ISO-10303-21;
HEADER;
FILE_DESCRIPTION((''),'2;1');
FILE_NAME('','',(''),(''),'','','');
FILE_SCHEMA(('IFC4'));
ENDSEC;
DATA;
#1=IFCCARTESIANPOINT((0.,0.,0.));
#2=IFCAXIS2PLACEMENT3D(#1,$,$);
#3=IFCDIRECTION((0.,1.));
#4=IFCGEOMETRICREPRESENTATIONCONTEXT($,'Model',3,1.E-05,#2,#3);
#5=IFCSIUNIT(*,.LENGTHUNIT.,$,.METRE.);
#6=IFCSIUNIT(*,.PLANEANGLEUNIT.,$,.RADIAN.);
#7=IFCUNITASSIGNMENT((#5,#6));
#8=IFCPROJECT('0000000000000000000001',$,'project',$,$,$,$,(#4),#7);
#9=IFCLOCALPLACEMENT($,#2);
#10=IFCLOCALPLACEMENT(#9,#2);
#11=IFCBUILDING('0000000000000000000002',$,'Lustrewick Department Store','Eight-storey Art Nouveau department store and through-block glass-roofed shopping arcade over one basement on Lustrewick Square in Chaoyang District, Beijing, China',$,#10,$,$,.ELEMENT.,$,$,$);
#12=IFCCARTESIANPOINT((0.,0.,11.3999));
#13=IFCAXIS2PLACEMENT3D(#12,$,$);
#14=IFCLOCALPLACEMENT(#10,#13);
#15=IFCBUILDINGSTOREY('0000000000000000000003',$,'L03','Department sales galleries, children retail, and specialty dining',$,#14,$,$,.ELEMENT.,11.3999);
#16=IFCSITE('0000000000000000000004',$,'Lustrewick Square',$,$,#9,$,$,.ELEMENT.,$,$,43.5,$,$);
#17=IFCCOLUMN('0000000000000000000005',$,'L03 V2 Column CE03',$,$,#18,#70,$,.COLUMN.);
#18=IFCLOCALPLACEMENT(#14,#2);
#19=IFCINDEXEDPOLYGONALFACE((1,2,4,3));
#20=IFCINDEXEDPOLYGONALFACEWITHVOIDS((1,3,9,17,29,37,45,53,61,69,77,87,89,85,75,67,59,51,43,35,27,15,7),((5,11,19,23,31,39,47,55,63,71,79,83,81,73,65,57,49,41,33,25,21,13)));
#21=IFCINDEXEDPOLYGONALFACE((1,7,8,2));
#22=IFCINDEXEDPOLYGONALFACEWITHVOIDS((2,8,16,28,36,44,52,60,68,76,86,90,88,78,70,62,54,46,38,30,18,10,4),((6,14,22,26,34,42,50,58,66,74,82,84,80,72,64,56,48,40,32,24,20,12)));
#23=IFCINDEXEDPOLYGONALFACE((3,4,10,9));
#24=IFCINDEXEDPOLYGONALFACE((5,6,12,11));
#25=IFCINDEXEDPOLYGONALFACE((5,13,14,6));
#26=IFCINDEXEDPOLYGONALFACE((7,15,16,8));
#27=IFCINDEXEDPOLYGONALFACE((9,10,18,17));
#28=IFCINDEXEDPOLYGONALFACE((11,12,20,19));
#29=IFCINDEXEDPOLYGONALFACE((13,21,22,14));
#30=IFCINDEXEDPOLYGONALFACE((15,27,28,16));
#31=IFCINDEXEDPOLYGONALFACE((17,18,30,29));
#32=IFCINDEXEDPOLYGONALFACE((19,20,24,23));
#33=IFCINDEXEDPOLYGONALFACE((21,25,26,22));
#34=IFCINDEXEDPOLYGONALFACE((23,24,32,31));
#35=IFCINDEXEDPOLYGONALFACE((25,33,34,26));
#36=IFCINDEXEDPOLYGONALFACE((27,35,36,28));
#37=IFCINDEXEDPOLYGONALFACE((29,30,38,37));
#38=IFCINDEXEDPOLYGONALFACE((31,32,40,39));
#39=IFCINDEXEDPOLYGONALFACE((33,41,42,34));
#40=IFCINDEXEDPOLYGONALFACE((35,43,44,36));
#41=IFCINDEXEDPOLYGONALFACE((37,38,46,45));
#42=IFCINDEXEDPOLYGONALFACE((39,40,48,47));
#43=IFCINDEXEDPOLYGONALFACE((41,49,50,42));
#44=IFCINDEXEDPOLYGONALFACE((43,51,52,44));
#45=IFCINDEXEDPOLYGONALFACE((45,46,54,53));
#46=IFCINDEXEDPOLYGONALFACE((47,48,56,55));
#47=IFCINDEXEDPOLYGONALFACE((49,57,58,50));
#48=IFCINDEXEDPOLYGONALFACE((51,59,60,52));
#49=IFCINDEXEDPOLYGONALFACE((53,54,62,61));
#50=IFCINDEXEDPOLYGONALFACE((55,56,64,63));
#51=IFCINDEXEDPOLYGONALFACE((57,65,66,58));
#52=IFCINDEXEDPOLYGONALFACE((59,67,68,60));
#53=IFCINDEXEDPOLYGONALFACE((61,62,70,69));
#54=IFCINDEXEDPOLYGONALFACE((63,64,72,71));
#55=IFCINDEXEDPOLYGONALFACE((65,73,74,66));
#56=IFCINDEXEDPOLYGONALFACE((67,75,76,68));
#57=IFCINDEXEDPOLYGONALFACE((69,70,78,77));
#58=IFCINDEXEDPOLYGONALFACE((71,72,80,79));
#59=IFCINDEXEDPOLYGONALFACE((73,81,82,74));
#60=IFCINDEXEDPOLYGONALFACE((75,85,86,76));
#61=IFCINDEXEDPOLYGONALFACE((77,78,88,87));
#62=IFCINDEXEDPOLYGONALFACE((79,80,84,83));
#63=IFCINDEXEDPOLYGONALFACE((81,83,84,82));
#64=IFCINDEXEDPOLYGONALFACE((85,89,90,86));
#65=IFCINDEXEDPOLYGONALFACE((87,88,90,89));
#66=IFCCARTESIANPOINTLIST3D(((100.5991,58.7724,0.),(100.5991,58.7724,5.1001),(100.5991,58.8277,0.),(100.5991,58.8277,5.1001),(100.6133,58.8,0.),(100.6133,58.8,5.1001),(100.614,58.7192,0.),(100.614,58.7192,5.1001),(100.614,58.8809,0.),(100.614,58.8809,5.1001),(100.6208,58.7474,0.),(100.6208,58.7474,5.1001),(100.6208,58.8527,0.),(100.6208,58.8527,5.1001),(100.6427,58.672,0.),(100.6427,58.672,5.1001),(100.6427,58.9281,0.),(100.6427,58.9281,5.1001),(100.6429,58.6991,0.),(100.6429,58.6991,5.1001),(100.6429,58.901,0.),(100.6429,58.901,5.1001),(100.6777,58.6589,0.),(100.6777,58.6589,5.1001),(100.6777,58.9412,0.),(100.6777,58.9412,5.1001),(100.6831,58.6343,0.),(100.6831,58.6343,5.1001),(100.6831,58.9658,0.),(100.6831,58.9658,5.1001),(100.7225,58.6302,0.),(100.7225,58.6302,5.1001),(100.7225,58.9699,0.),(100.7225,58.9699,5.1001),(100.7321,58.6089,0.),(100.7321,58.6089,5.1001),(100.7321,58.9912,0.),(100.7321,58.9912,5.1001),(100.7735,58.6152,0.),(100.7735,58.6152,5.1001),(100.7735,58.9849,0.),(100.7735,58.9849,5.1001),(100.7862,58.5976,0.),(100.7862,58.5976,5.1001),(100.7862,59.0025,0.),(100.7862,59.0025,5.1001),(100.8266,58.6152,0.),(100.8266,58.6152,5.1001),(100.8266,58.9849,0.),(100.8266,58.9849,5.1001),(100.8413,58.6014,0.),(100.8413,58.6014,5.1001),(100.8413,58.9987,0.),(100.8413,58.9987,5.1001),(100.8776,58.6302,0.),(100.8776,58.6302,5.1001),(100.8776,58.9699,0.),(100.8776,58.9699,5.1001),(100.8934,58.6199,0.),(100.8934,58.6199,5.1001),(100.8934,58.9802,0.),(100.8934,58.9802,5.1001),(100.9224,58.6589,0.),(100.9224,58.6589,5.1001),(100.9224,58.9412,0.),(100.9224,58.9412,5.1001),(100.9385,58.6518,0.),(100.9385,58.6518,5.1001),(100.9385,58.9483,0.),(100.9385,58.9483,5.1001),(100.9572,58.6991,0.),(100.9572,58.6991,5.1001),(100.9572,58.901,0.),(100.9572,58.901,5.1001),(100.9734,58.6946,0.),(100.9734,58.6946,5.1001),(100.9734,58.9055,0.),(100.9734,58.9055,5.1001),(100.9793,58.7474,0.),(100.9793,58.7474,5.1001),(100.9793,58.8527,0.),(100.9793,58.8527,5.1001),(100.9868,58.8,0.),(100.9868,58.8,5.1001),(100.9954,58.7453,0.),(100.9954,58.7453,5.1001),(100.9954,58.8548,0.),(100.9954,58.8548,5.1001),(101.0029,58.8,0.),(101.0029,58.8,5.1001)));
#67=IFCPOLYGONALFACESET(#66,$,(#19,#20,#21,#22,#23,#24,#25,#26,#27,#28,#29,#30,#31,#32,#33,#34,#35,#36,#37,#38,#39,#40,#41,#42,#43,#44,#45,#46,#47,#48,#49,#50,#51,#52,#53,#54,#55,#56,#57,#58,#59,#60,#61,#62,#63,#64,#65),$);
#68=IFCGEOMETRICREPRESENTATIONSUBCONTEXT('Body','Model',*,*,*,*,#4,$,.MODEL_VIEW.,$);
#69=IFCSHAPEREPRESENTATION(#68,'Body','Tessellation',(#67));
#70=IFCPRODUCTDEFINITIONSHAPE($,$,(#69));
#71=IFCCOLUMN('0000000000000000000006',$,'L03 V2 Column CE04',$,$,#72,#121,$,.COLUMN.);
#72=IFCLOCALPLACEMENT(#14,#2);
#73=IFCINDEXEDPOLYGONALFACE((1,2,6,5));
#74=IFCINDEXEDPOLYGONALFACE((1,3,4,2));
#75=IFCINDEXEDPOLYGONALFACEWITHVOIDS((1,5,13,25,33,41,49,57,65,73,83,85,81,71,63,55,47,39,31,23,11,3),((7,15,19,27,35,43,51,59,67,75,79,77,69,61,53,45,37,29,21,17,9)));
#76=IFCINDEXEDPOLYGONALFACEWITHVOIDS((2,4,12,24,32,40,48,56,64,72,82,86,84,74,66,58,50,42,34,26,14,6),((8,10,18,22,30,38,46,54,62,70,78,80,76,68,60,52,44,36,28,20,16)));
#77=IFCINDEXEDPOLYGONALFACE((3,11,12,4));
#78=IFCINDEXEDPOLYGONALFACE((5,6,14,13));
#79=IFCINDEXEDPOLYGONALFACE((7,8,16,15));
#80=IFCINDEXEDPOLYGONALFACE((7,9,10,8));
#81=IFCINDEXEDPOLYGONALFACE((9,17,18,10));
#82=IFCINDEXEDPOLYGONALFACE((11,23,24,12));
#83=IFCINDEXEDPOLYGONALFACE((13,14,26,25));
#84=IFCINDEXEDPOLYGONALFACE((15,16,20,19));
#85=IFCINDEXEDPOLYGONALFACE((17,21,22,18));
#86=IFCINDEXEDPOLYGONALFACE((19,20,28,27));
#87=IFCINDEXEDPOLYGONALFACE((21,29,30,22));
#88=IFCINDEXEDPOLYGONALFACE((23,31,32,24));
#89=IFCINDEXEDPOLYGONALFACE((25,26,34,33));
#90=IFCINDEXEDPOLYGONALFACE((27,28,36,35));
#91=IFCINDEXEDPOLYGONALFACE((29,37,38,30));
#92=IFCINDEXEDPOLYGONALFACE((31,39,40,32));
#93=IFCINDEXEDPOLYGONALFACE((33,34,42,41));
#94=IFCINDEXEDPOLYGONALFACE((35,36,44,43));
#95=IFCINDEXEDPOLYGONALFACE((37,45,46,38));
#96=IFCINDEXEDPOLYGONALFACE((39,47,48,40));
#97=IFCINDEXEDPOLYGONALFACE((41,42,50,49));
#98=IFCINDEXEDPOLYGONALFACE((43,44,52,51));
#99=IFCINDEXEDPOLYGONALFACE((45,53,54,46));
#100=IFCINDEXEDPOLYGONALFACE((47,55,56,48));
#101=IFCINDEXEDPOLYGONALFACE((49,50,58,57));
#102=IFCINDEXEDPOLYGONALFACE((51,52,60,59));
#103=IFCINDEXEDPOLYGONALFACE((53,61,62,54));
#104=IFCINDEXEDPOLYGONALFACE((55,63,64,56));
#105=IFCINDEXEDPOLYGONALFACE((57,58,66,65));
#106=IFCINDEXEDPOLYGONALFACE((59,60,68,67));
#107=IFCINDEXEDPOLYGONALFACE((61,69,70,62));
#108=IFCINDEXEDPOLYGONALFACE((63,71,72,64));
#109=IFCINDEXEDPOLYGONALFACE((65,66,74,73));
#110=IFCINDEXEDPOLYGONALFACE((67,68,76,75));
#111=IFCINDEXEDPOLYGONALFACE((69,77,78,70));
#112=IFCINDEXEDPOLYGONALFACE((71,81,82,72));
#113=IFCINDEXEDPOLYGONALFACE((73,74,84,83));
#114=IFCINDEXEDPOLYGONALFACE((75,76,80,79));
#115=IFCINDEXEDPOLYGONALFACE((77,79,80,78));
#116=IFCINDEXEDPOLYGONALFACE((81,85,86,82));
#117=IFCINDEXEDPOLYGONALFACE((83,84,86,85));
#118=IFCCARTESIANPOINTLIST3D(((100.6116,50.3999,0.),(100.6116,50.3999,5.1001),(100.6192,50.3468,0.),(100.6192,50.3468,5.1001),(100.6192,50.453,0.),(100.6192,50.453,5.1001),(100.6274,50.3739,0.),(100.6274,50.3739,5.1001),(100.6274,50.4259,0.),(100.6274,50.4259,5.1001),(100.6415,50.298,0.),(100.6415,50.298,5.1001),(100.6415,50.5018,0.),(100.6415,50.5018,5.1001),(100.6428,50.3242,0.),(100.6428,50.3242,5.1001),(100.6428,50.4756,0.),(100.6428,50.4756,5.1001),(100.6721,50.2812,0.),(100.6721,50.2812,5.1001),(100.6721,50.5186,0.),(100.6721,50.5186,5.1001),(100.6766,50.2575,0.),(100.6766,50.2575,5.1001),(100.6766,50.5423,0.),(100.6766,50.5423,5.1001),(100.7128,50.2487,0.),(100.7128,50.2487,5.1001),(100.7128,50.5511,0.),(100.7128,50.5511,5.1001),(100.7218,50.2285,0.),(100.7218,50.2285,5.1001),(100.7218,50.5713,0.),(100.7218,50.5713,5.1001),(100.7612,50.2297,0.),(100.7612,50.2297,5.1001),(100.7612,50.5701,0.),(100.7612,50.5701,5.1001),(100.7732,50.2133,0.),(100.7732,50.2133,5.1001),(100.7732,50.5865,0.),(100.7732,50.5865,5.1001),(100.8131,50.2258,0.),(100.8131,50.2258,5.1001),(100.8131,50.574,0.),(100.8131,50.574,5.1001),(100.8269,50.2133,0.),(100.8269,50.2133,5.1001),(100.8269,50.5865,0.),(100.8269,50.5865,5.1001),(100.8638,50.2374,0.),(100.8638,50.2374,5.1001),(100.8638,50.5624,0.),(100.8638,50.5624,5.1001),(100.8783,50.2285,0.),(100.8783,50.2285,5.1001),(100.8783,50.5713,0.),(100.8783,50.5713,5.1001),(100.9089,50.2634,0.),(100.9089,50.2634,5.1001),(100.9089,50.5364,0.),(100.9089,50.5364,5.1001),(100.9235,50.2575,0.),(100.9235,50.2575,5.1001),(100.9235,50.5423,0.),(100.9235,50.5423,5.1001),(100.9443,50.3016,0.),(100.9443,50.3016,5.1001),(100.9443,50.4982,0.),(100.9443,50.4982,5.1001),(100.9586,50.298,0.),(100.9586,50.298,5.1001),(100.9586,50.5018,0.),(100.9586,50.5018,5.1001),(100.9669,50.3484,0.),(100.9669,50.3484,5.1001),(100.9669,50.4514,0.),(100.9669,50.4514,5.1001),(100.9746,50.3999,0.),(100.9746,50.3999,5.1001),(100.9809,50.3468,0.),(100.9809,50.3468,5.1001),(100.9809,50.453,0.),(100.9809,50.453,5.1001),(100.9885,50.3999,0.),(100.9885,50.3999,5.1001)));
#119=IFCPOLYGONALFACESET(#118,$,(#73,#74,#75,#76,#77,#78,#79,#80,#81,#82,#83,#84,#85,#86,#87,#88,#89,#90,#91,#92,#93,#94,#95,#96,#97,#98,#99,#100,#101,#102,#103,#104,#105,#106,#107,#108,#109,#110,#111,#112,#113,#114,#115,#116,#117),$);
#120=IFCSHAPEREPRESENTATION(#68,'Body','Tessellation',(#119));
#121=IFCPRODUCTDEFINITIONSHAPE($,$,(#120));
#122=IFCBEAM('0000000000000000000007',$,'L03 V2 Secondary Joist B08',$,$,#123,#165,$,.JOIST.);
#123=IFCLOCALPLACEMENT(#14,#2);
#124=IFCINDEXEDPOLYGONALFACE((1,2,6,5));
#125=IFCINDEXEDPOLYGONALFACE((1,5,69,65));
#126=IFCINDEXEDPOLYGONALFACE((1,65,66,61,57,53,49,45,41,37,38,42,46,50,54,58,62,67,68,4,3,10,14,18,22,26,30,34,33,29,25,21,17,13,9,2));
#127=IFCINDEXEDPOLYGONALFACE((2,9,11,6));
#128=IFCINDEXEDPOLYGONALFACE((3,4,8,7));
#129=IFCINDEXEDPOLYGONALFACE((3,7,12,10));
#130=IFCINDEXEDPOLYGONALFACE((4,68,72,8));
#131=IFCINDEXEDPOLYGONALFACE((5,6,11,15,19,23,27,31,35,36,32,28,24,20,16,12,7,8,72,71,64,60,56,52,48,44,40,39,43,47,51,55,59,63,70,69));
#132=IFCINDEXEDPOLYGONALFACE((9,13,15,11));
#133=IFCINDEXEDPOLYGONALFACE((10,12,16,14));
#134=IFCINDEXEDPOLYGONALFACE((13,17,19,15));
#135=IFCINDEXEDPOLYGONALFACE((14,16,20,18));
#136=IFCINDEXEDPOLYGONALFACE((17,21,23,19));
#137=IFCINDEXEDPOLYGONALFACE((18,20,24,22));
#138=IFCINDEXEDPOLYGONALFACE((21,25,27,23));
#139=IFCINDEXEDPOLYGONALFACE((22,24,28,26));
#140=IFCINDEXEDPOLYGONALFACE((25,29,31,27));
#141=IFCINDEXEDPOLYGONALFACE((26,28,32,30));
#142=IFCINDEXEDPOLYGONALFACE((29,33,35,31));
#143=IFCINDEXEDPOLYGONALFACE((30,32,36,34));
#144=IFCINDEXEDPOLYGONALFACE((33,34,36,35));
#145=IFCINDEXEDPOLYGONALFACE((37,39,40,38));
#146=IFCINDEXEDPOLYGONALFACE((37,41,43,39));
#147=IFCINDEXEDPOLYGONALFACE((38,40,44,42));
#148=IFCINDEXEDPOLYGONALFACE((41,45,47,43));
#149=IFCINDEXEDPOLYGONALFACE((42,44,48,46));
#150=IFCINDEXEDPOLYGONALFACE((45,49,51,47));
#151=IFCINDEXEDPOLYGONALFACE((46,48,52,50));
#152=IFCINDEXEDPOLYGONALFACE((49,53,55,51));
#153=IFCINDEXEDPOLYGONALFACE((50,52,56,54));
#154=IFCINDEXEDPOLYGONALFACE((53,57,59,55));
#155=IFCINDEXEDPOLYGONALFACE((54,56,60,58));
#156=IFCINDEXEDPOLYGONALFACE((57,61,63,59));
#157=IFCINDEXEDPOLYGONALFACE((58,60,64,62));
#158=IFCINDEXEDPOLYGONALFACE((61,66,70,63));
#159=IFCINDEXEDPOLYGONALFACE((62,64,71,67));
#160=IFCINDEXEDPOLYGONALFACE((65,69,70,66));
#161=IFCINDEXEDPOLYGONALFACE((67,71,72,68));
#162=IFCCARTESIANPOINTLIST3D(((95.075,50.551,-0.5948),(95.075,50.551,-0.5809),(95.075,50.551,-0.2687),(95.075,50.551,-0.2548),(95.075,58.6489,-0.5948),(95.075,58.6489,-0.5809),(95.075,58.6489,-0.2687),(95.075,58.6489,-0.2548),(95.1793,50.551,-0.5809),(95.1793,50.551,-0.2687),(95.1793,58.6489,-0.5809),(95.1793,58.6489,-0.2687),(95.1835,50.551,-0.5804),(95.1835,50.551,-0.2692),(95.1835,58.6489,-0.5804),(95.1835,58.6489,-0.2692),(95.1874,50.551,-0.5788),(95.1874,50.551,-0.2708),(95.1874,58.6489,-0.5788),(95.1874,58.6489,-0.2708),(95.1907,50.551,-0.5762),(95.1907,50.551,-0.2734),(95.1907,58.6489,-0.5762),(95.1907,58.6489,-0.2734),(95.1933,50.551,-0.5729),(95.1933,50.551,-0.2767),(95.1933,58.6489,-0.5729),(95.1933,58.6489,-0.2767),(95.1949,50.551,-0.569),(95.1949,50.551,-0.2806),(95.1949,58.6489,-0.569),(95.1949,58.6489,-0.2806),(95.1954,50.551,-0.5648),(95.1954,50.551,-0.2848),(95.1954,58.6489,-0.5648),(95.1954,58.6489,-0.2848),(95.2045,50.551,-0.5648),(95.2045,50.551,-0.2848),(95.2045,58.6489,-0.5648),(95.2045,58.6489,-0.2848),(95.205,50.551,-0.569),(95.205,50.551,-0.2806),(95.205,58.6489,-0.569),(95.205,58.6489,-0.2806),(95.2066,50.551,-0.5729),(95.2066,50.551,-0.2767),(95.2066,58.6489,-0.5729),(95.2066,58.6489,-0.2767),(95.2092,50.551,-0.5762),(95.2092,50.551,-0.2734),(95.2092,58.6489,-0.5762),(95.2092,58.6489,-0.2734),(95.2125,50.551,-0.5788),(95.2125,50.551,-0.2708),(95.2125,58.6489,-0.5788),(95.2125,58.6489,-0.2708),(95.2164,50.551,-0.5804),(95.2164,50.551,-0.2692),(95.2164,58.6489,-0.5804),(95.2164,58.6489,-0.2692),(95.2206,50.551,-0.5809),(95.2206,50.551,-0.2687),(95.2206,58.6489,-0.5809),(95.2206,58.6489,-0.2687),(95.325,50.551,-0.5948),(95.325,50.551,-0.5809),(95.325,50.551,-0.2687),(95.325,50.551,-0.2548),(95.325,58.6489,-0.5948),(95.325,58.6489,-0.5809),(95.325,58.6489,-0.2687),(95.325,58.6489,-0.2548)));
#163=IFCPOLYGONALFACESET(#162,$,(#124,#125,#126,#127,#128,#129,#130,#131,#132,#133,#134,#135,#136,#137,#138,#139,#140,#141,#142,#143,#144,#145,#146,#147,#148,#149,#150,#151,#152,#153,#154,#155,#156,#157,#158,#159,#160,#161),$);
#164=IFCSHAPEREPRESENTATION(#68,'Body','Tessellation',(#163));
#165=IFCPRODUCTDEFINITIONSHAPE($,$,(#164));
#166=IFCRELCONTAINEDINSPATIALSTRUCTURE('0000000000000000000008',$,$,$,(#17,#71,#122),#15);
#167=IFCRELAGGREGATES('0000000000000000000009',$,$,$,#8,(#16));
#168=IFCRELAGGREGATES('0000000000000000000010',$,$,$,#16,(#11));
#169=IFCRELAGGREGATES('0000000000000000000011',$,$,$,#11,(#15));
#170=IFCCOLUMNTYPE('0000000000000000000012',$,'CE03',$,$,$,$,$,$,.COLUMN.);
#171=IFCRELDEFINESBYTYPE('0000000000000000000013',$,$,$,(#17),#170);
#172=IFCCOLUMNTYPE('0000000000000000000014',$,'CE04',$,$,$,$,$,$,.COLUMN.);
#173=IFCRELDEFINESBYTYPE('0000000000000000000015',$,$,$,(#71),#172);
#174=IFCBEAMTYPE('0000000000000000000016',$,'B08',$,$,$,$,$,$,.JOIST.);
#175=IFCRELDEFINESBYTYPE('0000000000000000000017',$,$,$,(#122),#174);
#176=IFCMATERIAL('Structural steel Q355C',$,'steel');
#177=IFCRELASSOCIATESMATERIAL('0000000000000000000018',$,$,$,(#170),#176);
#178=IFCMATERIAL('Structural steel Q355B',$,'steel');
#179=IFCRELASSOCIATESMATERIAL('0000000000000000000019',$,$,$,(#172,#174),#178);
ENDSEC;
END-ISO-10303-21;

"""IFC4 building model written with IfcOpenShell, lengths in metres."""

from ifc_helpers import new_model, si_unit, direction, frame, origin, origin_2d, place, context, subcontext, project, spatial, hollow_circle, i_section, extrude, material, material_profile, profile_set, type_object, element, save


model = new_model("IFC4")

# Units and contexts
model_context = context("Model", 3, precision=1e-05, world=origin(), true_north=direction((0.0, 1.0)))
body_context = subcontext(model_context, "Body", "Model", "MODEL_VIEW")
ifc_project = project(units=[si_unit("LENGTHUNIT", "METRE"), si_unit("PLANEANGLEUNIT", "RADIAN")], contexts=[model_context])

# Site, building, storey
site_placement = place(None, origin())
site = spatial("IfcSite", under=ifc_project, at=site_placement, Name="Lustrewick Square", CompositionType="ELEMENT", RefElevation=43.5)
building_placement = place(site_placement, origin())
building = spatial("IfcBuilding", under=site, at=building_placement, Name="Lustrewick Department Store", Description="Eight-storey Art Nouveau department store and through-block glass-roofed shopping arcade over one basement on Lustrewick Square in Chaoyang District, Beijing, China", CompositionType="ELEMENT")
storey_placement = place(building_placement, frame((0.0, 0.0, 11.3999)))
storey = spatial("IfcBuildingStorey", under=building, at=storey_placement, Name="L03", Description="Department sales galleries, children retail, and specialty dining", CompositionType="ELEMENT", Elevation=11.3999)

# Columns
ifc_material_1 = material(Name="Structural steel Q355C", Category="steel")
ifc_material_profile_1 = material_profile(ifc_material_1, hollow_circle(Radius=0.2029, WallThickness=0.0161, at=origin_2d()), Name="CHS 406x16")
ifc_profile_set_1 = profile_set([ifc_material_profile_1], Name="Structural steel Q355C")
column_type_1 = type_object("IfcColumnType", Name="CE03", PredefinedType="COLUMN", material=ifc_profile_set_1)
column_1_placement = place(storey_placement, frame((100.8, 58.8, 0.0), z_axis=(0.0, 0.0, 1.0), x_axis=(1.0, 0.0, 0.0)))
element("IfcColumn", 1, at=column_1_placement, inside=storey, type_object=column_type_1, Name="L03 V2 Column CE03", PredefinedType="COLUMN", context=body_context, shape_type="SweptSolid", body=[
    extrude(hollow_circle(Radius=0.2029, WallThickness=0.0161, at=origin_2d()), origin(), (0.0, 0.0, 1.0), 5.1001),
])
ifc_material_2 = material(Name="Structural steel Q355B", Category="steel")
ifc_material_profile_2 = material_profile(ifc_material_2, hollow_circle(Radius=0.1885, WallThickness=0.0139, at=origin_2d()), Name="CHS 377x14")
ifc_profile_set_2 = profile_set([ifc_material_profile_2], Name="Structural steel Q355B")
column_type_2 = type_object("IfcColumnType", Name="CE04", PredefinedType="COLUMN", material=ifc_profile_set_2)
column_2_placement = place(storey_placement, frame((100.8, 50.3999, 0.0), z_axis=(0.0, 0.0, 1.0), x_axis=(1.0, 0.0, 0.0)))
element("IfcColumn", 2, at=column_2_placement, inside=storey, type_object=column_type_2, Name="L03 V2 Column CE04", PredefinedType="COLUMN", context=body_context, shape_type="SweptSolid", body=[
    extrude(hollow_circle(Radius=0.1885, WallThickness=0.0139, at=origin_2d()), origin(), (0.0, 0.0, 1.0), 5.1001),
])

# Beam
ifc_material_profile_3 = material_profile(ifc_material_2, i_section(OverallWidth=0.25, OverallDepth=0.3401, WebThickness=0.009, FlangeThickness=0.0139, FilletRadius=0.0161, at=origin_2d()), Name="HM 340x250x9x14")
ifc_profile_set_3 = profile_set([ifc_material_profile_3], Name="Structural steel Q355B")
beam_type_1 = type_object("IfcBeamType", Name="B08", PredefinedType="JOIST", material=ifc_profile_set_3)
beam_1_placement = place(storey_placement, frame((95.2, 50.551, -0.4248), z_axis=(0.0, 1.0, 0.0), x_axis=(-1.0, 0.0, 0.0)))
element("IfcBeam", 3, at=beam_1_placement, inside=storey, type_object=beam_type_1, Name="L03 V2 Secondary Joist B08", PredefinedType="JOIST", context=body_context, shape_type="SweptSolid", body=[
    extrude(i_section(OverallWidth=0.25, OverallDepth=0.3401, WebThickness=0.009, FlangeThickness=0.0139, FilletRadius=0.0161, at=origin_2d()), origin(), (0.0, 0.0, 1.0), 8.0979),
])

save(model, "model.ifc")
